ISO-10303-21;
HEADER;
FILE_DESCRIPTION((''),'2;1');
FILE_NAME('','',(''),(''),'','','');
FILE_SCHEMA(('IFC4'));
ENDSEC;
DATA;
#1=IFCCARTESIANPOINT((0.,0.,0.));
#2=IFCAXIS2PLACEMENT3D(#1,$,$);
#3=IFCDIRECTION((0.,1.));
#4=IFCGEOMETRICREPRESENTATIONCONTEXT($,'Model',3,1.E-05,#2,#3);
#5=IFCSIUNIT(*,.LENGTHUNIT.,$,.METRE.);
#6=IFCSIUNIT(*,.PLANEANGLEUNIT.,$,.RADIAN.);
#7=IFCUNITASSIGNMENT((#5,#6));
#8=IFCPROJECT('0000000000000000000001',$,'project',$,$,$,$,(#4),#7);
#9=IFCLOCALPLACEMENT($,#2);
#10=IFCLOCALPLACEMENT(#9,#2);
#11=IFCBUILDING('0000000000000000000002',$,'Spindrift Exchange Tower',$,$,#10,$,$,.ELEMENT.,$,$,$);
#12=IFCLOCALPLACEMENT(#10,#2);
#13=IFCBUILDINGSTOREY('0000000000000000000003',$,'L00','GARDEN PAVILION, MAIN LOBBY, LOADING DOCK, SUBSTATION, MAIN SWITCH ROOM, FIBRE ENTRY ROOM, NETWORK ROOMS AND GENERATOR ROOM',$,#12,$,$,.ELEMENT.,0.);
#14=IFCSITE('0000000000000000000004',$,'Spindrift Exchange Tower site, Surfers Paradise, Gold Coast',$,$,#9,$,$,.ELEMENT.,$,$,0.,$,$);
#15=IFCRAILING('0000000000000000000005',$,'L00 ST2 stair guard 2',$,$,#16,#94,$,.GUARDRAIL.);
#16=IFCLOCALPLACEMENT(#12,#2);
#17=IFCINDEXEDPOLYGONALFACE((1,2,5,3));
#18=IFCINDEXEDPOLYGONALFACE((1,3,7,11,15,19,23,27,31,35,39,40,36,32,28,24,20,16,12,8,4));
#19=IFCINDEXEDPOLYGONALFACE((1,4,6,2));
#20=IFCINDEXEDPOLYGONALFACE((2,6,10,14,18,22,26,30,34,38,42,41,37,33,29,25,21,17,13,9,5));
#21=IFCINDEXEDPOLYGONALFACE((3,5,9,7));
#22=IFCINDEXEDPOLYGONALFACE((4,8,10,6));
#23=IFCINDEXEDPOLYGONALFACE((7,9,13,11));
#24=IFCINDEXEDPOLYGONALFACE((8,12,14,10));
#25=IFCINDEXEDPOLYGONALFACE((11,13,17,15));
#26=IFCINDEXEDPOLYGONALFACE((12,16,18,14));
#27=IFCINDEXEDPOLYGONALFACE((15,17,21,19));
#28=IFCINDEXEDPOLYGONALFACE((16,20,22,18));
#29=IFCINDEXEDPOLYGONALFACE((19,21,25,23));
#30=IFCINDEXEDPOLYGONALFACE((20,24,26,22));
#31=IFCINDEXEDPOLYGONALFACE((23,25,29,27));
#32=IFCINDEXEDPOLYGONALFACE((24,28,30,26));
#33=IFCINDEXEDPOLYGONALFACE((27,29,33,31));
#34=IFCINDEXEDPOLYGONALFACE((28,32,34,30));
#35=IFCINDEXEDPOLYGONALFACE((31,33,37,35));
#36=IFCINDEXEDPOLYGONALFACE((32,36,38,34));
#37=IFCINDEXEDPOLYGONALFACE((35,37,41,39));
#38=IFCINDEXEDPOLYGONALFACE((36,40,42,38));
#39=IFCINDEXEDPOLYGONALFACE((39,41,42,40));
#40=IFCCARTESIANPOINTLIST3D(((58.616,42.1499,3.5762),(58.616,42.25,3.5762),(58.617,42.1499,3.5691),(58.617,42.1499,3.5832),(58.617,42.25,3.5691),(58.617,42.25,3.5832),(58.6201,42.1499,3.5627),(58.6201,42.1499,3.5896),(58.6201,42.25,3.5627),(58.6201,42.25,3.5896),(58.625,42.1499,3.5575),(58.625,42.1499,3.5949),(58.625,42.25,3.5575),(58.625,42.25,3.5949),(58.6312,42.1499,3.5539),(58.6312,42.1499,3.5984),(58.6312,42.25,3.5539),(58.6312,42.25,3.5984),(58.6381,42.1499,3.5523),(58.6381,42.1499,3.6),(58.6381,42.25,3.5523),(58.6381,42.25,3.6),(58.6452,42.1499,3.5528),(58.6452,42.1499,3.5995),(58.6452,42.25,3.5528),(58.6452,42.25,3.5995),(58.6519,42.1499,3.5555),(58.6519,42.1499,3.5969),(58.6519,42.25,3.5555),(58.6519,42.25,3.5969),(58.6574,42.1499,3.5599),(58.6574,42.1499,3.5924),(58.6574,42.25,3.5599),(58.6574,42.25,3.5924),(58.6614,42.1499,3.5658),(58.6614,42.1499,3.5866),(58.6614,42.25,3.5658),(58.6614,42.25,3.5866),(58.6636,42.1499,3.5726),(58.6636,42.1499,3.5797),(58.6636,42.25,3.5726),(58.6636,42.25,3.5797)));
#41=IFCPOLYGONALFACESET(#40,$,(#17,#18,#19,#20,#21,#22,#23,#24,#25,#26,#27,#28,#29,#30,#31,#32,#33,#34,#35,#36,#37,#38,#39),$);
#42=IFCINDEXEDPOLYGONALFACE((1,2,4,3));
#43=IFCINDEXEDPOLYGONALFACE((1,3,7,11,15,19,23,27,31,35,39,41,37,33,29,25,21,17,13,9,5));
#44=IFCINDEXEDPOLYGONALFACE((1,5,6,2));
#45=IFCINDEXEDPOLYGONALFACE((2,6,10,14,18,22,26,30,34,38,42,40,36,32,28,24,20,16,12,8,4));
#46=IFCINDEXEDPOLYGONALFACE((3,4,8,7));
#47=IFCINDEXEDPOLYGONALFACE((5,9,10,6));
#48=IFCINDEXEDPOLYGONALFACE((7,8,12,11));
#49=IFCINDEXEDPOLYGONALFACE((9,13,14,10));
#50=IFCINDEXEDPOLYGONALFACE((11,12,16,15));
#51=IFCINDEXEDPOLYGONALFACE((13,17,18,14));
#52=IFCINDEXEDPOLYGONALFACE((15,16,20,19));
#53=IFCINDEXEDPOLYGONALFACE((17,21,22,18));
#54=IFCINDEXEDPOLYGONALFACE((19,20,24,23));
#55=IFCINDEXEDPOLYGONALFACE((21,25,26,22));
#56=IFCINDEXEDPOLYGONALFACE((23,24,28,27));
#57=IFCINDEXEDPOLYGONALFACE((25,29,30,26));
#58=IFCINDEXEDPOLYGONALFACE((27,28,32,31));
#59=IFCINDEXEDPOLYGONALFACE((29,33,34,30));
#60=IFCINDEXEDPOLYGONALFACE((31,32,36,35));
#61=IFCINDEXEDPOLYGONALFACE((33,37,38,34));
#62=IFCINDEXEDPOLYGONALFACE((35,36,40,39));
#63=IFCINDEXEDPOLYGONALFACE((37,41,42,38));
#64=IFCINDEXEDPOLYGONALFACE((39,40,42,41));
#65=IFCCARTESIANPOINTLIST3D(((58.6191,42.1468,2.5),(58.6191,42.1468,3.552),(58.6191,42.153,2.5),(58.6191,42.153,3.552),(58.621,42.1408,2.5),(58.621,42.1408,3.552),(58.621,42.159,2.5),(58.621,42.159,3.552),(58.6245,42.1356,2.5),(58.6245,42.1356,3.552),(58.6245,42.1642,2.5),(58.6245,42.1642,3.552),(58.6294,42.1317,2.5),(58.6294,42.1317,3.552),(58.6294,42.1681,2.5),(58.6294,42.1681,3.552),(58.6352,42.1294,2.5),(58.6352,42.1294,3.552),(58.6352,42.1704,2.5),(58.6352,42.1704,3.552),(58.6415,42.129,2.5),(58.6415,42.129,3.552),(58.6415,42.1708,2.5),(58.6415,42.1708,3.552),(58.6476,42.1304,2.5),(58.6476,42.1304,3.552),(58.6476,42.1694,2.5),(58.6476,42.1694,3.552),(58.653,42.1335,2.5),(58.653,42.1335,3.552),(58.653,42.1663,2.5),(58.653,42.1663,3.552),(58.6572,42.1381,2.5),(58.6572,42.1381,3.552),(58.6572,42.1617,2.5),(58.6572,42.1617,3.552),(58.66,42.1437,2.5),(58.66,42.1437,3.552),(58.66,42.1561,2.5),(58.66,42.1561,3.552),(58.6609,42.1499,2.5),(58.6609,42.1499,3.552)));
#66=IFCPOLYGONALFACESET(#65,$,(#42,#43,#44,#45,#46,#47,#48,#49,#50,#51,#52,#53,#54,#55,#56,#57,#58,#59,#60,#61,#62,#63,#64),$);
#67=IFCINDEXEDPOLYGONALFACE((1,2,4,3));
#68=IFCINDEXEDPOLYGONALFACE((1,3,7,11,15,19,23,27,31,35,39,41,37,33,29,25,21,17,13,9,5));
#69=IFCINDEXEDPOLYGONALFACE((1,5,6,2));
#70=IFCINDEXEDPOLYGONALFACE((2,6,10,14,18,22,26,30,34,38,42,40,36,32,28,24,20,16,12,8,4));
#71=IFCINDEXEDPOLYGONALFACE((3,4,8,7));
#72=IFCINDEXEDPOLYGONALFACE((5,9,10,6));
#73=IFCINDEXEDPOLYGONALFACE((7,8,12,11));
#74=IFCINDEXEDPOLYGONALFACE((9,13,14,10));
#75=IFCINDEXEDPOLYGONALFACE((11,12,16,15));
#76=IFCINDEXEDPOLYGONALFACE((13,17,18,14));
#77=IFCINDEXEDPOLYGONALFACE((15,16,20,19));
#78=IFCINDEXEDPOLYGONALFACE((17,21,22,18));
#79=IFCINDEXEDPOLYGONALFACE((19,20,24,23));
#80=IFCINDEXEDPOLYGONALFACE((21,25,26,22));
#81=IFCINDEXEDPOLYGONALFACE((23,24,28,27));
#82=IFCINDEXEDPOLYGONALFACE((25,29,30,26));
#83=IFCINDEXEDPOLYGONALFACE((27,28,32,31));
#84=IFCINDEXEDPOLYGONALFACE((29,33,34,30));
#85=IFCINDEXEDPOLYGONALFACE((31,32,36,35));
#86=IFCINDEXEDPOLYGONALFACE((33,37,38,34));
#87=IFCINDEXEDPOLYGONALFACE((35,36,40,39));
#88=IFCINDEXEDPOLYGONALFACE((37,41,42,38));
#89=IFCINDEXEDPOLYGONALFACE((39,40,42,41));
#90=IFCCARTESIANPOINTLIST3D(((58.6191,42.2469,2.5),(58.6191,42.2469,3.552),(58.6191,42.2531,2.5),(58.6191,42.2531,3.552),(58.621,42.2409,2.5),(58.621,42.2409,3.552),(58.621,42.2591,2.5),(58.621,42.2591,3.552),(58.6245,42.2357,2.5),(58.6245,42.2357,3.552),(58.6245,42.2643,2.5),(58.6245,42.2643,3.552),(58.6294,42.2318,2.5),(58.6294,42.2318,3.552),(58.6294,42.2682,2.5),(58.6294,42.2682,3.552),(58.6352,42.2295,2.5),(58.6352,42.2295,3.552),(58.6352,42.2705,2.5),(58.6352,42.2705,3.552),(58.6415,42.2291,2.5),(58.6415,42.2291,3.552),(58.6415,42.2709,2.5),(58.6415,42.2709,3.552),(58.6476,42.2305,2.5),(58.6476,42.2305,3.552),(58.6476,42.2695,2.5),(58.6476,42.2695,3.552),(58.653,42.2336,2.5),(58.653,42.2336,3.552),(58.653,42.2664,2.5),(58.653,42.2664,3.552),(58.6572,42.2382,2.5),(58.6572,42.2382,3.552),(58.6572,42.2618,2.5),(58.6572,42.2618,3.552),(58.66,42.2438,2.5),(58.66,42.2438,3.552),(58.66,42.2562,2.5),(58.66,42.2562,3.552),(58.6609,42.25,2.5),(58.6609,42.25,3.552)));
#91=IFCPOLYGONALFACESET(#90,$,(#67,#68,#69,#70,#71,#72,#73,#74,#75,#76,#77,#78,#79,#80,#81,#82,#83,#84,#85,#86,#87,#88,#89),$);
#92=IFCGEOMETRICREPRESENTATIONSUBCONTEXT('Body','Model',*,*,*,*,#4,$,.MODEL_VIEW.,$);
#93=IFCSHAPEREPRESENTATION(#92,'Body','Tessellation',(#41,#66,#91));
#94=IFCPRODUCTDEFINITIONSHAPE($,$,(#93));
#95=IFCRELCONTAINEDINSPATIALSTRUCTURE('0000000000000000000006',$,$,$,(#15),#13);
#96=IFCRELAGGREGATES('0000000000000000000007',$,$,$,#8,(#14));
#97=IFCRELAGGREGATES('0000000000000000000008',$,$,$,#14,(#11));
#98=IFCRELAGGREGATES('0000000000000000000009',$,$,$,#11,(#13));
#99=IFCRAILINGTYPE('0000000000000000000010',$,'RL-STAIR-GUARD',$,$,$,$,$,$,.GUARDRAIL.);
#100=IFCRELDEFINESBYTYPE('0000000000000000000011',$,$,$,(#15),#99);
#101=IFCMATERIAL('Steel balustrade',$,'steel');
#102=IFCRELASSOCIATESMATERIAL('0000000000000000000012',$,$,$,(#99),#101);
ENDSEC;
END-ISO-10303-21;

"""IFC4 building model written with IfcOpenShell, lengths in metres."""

from ifc_helpers import new_model, si_unit, direction, frame, origin, origin_2d, place, context, subcontext, project, spatial, circle, extrude, material, type_object, element, save


model = new_model("IFC4")

# Units and contexts
model_context = context("Model", 3, precision=1e-05, world=origin(), true_north=direction((0.0, 1.0)))
body_context = subcontext(model_context, "Body", "Model", "MODEL_VIEW")
ifc_project = project(units=[si_unit("LENGTHUNIT", "METRE"), si_unit("PLANEANGLEUNIT", "RADIAN")], contexts=[model_context])

# Site, building, storey
site_placement = place(None, origin())
site = spatial("IfcSite", under=ifc_project, at=site_placement, Name="Spindrift Exchange Tower site, Surfers Paradise, Gold Coast", CompositionType="ELEMENT", RefElevation=0.0)
building_placement = place(site_placement, origin())
building = spatial("IfcBuilding", under=site, at=building_placement, Name="Spindrift Exchange Tower", CompositionType="ELEMENT")
storey_placement = place(building_placement, origin())
storey = spatial("IfcBuildingStorey", under=building, at=storey_placement, Name="L00", Description="GARDEN PAVILION, MAIN LOBBY, LOADING DOCK, SUBSTATION, MAIN SWITCH ROOM, FIBRE ENTRY ROOM, NETWORK ROOMS AND GENERATOR ROOM", CompositionType="ELEMENT", Elevation=0.0)

# Railing
ifc_material_1 = material(Name="Steel balustrade", Category="steel")
railing_type_1 = type_object("IfcRailingType", Name="RL-STAIR-GUARD", PredefinedType="GUARDRAIL", material=ifc_material_1)
railing_1_placement = place(storey_placement, frame((58.6399, 42.1499, 2.5)))
element("IfcRailing", 1, at=railing_1_placement, inside=storey, type_object=railing_type_1, Name="L00 ST2 stair guard 2", PredefinedType="GUARDRAIL", context=body_context, shape_type="SweptSolid", body=[
    extrude(circle(Radius=0.0239, at=origin_2d()), frame((0.0, 0.0, 1.0762), z_axis=(0.0, 1.0, 0.0), x_axis=(-1.0, 0.0, 0.0)), (0.0, 0.0, 1.0), 0.1001),
    extrude(circle(Radius=0.021, at=origin_2d()), origin(), (0.0, 0.0, 1.0), 1.052),
    extrude(circle(Radius=0.021, at=origin_2d()), frame((0.0, 0.1001, 0.0)), (0.0, 0.0, 1.0), 1.052),
])

save(model, "model.ifc")
